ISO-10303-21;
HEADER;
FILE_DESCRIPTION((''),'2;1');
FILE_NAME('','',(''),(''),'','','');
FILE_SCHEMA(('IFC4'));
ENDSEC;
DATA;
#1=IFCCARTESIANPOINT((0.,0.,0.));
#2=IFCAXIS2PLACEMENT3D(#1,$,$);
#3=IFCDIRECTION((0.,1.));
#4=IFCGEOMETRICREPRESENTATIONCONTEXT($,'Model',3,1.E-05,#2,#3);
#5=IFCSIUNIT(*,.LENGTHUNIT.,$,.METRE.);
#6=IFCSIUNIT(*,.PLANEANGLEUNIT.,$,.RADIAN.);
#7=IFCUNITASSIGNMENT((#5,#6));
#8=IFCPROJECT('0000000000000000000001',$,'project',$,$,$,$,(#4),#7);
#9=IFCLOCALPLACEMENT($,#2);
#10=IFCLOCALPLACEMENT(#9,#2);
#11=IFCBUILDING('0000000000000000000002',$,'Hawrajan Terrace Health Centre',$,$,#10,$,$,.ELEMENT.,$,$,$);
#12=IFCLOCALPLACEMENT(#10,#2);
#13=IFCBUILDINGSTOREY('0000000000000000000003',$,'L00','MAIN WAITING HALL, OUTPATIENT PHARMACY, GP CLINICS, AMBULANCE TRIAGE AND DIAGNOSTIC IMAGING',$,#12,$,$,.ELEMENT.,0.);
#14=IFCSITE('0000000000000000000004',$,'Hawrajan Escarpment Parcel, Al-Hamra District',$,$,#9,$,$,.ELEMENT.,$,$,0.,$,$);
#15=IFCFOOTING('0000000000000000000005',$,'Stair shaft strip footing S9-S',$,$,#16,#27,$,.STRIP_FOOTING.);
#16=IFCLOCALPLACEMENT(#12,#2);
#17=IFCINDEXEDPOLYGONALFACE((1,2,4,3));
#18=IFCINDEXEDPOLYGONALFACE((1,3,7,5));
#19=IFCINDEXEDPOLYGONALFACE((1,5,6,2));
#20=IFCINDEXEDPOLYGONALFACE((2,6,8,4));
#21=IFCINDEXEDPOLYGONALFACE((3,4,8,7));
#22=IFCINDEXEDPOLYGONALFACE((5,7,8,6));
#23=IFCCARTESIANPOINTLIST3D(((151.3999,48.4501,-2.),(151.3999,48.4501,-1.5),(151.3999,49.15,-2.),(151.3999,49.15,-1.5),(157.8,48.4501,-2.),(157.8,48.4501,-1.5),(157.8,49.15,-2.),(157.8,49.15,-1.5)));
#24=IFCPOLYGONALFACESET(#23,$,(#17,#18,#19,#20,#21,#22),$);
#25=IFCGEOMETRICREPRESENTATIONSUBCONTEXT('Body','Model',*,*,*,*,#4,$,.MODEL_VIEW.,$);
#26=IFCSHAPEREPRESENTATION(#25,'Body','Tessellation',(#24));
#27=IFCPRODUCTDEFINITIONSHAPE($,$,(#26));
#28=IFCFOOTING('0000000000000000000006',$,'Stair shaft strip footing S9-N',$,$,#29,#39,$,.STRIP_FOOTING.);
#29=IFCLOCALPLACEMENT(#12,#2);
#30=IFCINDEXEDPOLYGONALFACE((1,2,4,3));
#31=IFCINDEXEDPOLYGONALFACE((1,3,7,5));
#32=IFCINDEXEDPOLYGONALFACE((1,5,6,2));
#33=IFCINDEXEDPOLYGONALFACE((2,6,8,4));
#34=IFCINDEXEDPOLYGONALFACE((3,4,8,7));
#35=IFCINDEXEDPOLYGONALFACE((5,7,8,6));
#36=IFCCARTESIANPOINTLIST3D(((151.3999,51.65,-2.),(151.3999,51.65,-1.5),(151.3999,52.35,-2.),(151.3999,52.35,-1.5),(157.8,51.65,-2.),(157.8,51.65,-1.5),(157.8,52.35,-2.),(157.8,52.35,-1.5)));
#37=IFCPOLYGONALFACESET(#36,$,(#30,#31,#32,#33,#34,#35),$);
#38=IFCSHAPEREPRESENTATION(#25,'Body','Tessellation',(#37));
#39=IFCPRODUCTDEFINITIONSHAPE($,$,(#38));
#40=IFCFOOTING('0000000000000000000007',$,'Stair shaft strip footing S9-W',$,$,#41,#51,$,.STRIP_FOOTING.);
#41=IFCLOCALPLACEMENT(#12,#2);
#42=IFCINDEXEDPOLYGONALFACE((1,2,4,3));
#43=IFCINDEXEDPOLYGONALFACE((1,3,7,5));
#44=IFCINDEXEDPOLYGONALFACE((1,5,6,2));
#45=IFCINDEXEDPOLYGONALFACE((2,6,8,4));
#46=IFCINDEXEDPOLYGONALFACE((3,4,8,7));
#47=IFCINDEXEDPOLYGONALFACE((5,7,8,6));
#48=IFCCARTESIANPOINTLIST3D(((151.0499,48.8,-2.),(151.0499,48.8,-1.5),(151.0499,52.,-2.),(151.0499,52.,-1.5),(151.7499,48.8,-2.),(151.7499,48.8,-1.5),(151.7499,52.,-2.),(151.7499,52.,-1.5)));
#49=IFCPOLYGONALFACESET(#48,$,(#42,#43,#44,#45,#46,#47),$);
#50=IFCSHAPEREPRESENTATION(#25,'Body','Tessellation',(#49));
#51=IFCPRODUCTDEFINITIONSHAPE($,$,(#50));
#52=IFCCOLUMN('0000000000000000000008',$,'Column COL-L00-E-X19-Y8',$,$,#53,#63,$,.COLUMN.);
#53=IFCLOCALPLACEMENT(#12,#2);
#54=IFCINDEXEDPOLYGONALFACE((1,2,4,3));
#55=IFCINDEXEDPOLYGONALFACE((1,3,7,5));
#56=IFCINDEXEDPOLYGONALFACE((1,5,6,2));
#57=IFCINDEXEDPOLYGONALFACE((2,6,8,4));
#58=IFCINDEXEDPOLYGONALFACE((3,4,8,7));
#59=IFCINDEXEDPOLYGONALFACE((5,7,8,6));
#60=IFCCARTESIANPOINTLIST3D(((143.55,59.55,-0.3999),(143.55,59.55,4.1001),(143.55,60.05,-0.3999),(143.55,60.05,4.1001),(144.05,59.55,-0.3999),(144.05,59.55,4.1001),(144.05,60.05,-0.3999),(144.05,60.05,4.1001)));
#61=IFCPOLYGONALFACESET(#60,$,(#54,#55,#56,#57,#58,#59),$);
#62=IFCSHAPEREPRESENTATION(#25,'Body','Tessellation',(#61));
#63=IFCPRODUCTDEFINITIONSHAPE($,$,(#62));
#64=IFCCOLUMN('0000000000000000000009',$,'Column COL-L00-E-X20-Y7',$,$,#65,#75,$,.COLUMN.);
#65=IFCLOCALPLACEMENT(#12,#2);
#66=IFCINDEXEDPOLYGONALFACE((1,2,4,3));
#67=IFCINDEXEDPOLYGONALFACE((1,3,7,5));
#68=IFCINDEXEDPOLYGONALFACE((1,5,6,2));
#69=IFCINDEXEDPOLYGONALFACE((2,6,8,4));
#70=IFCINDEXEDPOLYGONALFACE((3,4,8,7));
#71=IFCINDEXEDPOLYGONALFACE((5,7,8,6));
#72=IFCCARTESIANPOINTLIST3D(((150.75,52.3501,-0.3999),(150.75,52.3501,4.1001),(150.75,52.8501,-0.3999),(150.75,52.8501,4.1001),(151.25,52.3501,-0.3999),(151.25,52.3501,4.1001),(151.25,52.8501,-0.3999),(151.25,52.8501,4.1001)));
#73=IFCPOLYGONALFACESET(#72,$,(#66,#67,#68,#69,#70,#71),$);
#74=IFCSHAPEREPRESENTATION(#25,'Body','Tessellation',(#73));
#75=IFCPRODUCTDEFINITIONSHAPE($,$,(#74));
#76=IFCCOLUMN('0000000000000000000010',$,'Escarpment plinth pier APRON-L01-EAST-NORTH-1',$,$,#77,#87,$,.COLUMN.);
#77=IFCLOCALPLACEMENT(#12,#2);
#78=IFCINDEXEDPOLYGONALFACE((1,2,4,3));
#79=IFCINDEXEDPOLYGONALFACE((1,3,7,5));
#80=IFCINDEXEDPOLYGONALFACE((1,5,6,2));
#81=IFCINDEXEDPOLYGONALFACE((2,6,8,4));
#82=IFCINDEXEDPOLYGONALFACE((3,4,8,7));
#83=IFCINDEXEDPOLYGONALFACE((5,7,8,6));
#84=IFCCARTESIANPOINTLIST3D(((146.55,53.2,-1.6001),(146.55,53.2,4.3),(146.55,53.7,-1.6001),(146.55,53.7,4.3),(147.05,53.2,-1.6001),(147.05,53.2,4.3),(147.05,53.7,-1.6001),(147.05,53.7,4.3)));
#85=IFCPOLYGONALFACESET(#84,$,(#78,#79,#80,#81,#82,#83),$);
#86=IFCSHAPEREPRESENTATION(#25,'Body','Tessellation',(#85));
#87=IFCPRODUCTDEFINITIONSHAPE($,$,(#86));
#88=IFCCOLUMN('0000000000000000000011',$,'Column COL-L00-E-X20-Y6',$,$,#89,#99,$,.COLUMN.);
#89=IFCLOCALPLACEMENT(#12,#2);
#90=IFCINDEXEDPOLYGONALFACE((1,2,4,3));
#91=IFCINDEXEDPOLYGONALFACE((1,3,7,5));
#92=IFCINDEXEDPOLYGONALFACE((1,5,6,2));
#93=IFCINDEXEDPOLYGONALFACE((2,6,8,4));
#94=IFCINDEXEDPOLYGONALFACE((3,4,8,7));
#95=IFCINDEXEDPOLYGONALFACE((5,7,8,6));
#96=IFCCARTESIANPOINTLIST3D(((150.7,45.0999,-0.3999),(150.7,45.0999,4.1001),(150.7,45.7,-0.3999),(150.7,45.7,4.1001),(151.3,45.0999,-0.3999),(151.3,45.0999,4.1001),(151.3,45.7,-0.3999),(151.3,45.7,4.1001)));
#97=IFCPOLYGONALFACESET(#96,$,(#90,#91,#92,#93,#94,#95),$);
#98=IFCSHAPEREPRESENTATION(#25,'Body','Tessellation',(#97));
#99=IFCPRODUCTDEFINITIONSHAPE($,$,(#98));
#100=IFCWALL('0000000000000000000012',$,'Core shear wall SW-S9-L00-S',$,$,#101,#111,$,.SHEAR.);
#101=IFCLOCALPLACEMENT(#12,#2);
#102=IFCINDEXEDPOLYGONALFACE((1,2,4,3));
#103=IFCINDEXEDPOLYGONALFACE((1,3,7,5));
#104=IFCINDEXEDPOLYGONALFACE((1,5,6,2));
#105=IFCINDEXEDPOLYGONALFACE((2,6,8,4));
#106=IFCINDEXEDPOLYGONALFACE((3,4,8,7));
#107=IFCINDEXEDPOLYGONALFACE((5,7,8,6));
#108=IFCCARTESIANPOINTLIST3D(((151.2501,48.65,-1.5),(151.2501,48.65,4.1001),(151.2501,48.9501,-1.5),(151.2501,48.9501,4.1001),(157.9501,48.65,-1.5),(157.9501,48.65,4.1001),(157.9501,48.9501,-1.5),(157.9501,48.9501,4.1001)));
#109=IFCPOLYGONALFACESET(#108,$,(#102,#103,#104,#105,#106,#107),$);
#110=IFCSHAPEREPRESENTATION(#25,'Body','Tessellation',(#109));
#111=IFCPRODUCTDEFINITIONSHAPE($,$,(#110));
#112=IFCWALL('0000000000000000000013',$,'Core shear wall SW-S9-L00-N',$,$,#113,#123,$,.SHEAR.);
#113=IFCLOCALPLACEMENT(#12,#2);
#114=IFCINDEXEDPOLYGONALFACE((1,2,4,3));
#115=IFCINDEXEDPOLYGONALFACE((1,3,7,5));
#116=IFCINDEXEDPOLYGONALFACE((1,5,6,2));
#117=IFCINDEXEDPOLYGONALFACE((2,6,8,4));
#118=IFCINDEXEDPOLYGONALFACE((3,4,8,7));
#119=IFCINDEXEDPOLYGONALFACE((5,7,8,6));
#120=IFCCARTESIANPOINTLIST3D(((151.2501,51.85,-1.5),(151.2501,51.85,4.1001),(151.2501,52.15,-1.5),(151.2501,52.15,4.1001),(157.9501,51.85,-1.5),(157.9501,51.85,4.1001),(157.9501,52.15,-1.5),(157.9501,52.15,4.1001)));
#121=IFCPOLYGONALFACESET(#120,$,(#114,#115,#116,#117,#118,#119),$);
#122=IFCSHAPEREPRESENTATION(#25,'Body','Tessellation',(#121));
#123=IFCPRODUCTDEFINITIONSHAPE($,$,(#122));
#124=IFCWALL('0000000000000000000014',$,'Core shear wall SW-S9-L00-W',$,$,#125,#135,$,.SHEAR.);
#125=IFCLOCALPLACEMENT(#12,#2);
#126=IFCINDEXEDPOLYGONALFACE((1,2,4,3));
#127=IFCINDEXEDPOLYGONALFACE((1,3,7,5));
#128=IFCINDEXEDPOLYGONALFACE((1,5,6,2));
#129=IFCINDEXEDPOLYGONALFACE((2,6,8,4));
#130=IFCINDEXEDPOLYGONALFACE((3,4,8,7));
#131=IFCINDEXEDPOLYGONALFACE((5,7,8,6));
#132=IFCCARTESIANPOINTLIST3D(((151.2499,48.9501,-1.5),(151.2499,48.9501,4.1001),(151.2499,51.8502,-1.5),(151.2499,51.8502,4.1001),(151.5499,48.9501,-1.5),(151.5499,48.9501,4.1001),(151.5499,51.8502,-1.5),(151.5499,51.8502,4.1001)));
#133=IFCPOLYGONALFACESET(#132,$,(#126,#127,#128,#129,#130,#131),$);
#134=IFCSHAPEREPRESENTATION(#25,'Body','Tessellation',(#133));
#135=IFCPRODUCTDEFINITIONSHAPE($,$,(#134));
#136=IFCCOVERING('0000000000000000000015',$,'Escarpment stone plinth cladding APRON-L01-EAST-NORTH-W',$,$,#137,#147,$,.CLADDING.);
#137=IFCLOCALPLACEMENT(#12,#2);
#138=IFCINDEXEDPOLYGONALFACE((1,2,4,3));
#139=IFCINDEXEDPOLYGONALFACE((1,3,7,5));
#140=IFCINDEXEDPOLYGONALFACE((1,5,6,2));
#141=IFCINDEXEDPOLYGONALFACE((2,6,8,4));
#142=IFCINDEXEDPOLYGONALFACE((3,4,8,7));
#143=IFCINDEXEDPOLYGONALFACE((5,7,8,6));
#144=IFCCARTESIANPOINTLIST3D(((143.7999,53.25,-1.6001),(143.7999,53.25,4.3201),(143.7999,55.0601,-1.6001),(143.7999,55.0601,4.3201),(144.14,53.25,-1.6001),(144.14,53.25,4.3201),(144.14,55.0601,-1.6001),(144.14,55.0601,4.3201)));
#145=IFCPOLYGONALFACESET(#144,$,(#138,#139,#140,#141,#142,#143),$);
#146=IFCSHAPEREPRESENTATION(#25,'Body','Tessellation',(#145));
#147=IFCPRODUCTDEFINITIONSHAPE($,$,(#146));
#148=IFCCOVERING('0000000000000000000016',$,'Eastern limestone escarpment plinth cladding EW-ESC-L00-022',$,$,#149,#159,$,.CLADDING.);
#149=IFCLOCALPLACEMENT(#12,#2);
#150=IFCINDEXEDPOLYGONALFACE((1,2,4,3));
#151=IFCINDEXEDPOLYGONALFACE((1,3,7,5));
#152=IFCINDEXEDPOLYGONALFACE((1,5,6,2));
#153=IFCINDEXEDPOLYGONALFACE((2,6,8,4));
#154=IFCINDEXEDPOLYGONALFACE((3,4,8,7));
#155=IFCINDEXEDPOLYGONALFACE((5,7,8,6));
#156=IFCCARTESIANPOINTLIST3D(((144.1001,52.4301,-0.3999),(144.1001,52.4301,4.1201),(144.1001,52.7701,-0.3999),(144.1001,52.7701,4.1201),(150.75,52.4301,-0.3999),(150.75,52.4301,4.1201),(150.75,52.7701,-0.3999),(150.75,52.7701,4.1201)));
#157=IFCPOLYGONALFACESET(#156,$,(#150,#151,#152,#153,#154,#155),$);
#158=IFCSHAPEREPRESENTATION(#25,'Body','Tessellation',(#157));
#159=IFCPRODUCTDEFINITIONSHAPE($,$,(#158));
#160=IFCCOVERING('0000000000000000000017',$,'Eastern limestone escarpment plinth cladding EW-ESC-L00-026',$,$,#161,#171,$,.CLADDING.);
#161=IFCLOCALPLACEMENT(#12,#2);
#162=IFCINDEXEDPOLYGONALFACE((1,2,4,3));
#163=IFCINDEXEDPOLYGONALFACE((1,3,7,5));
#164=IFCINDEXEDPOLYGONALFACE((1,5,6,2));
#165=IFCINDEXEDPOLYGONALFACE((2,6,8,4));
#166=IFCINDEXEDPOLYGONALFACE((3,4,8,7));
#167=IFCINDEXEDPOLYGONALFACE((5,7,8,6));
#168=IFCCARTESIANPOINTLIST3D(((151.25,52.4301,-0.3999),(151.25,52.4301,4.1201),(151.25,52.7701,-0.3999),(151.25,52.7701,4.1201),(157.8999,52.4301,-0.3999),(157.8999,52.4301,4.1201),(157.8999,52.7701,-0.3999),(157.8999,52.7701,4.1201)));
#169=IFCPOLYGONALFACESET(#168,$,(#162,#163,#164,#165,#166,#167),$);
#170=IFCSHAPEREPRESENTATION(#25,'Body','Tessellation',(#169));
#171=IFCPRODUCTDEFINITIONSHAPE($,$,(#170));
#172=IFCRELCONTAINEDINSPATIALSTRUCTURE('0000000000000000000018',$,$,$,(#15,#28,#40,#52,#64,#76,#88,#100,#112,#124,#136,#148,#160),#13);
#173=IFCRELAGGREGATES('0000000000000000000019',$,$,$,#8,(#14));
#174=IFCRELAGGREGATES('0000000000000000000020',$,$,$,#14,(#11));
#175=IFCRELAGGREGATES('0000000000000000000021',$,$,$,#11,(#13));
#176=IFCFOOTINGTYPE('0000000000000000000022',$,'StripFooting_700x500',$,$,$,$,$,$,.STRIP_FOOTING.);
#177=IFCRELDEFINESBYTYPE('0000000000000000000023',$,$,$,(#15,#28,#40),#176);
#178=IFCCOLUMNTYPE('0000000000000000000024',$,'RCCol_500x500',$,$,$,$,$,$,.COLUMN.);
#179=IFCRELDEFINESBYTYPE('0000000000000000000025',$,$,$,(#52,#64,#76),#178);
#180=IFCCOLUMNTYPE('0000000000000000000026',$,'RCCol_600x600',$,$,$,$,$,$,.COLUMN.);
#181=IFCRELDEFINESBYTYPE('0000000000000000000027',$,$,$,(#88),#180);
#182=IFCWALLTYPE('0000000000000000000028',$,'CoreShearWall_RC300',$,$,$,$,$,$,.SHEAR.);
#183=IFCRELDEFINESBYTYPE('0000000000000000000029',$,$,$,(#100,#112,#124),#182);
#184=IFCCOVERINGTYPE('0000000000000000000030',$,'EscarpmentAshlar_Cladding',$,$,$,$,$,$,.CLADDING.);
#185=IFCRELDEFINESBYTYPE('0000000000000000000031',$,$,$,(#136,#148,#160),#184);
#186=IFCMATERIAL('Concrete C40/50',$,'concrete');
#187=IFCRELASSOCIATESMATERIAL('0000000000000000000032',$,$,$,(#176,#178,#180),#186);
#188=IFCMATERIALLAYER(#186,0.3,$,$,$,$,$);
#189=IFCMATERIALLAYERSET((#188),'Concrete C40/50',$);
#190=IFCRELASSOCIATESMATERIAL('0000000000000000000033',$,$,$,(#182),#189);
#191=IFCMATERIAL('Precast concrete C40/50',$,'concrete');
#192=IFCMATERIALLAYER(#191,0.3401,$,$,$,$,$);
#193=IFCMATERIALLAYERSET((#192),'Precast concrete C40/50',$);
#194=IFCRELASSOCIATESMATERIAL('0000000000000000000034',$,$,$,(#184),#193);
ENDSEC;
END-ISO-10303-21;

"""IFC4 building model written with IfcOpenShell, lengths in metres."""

from ifc_helpers import new_model, si_unit, direction, frame, frame_2d, origin, origin_2d, place, context, subcontext, project, spatial, rectangle, extrude, material, layer, layer_set, material_profile, profile_set, type_object, element, save


model = new_model("IFC4")

# Units and contexts
model_context = context("Model", 3, precision=1e-05, world=origin(), true_north=direction((0.0, 1.0)))
body_context = subcontext(model_context, "Body", "Model", "MODEL_VIEW")
ifc_project = project(units=[si_unit("LENGTHUNIT", "METRE"), si_unit("PLANEANGLEUNIT", "RADIAN")], contexts=[model_context])

# Site, building, storey
site_placement = place(None, origin())
site = spatial("IfcSite", under=ifc_project, at=site_placement, Name="Hawrajan Escarpment Parcel, Al-Hamra District", CompositionType="ELEMENT", RefElevation=0.0)
building_placement = place(site_placement, origin())
building = spatial("IfcBuilding", under=site, at=building_placement, Name="Hawrajan Terrace Health Centre", CompositionType="ELEMENT")
storey_placement = place(building_placement, origin())
storey = spatial("IfcBuildingStorey", under=building, at=storey_placement, Name="L00", Description="MAIN WAITING HALL, OUTPATIENT PHARMACY, GP CLINICS, AMBULANCE TRIAGE AND DIAGNOSTIC IMAGING", CompositionType="ELEMENT", Elevation=0.0)

# Shared definitions
ifc_material_1 = material(Name="Concrete C40/50", Category="concrete")

# Footings
ifc_material_profile_1 = material_profile(ifc_material_1, rectangle(XDim=0.7, YDim=0.5, at=origin_2d()), Name="RC STRIP 700x500")
ifc_profile_set_1 = profile_set([ifc_material_profile_1], Name="Concrete C40/50")
footing_type_1 = type_object("IfcFootingType", Name="StripFooting_700x500", PredefinedType="STRIP_FOOTING", material=ifc_profile_set_1)
for number, where, z_axis, x_axis, name in (
    (1, (151.3999, 48.8, -1.75), (1.0, 0.0, 0.0), (0.0, 1.0, 0.0), "Stair shaft strip footing S9-S"),
    (2, (151.3999, 52.0, -1.75), (1.0, 0.0, 0.0), (0.0, 1.0, 0.0), "Stair shaft strip footing S9-N"),
):
    element("IfcFooting", number, at=place(storey_placement, frame(where, z_axis=z_axis, x_axis=x_axis)), inside=storey, type_object=footing_type_1, Name=name, PredefinedType="STRIP_FOOTING", context=body_context, shape_type="SweptSolid", body=[
        extrude(rectangle(XDim=0.7, YDim=0.5, at=origin_2d()), origin(), (0.0, 0.0, 1.0), 6.4001),
    ])
footing_1_placement = place(storey_placement, frame((151.3999, 48.8, -1.75), z_axis=(0.0, 1.0, 0.0), x_axis=(-1.0, 0.0, 0.0)))
element("IfcFooting", 3, at=footing_1_placement, inside=storey, type_object=footing_type_1, Name="Stair shaft strip footing S9-W", PredefinedType="STRIP_FOOTING", context=body_context, shape_type="SweptSolid", body=[
    extrude(rectangle(XDim=0.7, YDim=0.5, at=origin_2d()), origin(), (0.0, 0.0, 1.0), 3.2),
])

# Columns
ifc_material_profile_2 = material_profile(ifc_material_1, rectangle(XDim=0.5, YDim=0.5, at=origin_2d()), Name="RC 500x500")
ifc_profile_set_2 = profile_set([ifc_material_profile_2], Name="Concrete C40/50")
column_type_1 = type_object("IfcColumnType", Name="RCCol_500x500", PredefinedType="COLUMN", material=ifc_profile_set_2)
for number, where, z_axis, x_axis, name in (
    (4, (143.8, 59.8, -0.3999), (0.0, 0.0, 1.0), (1.0, 0.0, 0.0), "Column COL-L00-E-X19-Y8"),
    (5, (151.0, 52.6001, -0.3999), (0.0, 0.0, 1.0), (1.0, 0.0, 0.0), "Column COL-L00-E-X20-Y7"),
):
    element("IfcColumn", number, at=place(storey_placement, frame(where, z_axis=z_axis, x_axis=x_axis)), inside=storey, type_object=column_type_1, Name=name, PredefinedType="COLUMN", context=body_context, shape_type="SweptSolid", body=[
        extrude(rectangle(XDim=0.5, YDim=0.5, at=origin_2d()), origin(), (0.0, 0.0, 1.0), 4.5),
    ])
column_1_placement = place(storey_placement, frame((146.8, 53.45, -1.6001), z_axis=(0.0, 0.0, 1.0), x_axis=(1.0, 0.0, 0.0)))
element("IfcColumn", 6, at=column_1_placement, inside=storey, type_object=column_type_1, Name="Escarpment plinth pier APRON-L01-EAST-NORTH-1", PredefinedType="COLUMN", context=body_context, shape_type="SweptSolid", body=[
    extrude(rectangle(XDim=0.5, YDim=0.5, at=origin_2d()), origin(), (0.0, 0.0, 1.0), 5.9001),
])
ifc_material_profile_3 = material_profile(ifc_material_1, rectangle(XDim=0.6001, YDim=0.6001, at=origin_2d()), Name="RC 600x600")
ifc_profile_set_3 = profile_set([ifc_material_profile_3], Name="Concrete C40/50")
column_type_2 = type_object("IfcColumnType", Name="RCCol_600x600", PredefinedType="COLUMN", material=ifc_profile_set_3)
column_2_placement = place(storey_placement, frame((151.0, 45.3999, -0.3999), z_axis=(0.0, 0.0, 1.0), x_axis=(1.0, 0.0, 0.0)))
element("IfcColumn", 7, at=column_2_placement, inside=storey, type_object=column_type_2, Name="Column COL-L00-E-X20-Y6", PredefinedType="COLUMN", context=body_context, shape_type="SweptSolid", body=[
    extrude(rectangle(XDim=0.6001, YDim=0.6001, at=origin_2d()), origin(), (0.0, 0.0, 1.0), 4.5),
])

# Walls
ifc_layer_1 = layer(ifc_material_1, 0.3)
ifc_layer_set_1 = layer_set([ifc_layer_1], Name="Concrete C40/50")
wall_type = type_object("IfcWallType", Name="CoreShearWall_RC300", PredefinedType="SHEAR", material=ifc_layer_set_1)
for number, where, z_axis, x_axis, name in (
    (8, (151.25, 48.8, -1.5), (0.0, 0.0, 1.0), (1.0, 0.0, 0.0), "Core shear wall SW-S9-L00-S"),
    (9, (151.25, 52.0, -1.5), (0.0, 0.0, 1.0), (1.0, 0.0, 0.0), "Core shear wall SW-S9-L00-N"),
):
    element("IfcWall", number, at=place(storey_placement, frame(where, z_axis=z_axis, x_axis=x_axis)), inside=storey, type_object=wall_type, Name=name, PredefinedType="SHEAR", context=body_context, shape_type="SweptSolid", body=[
        extrude(rectangle(XDim=6.7, YDim=0.3, at=frame_2d((3.3501, 0.0))), origin(), (0.0, 0.0, 1.0), 5.6001),
    ])
wall_placement = place(storey_placement, frame((151.3999, 48.95, -1.5), z_axis=(0.0, 0.0, 1.0), x_axis=(0.0, 1.0, 0.0)))
element("IfcWall", 10, at=wall_placement, inside=storey, type_object=wall_type, Name="Core shear wall SW-S9-L00-W", PredefinedType="SHEAR", context=body_context, shape_type="SweptSolid", body=[
    extrude(rectangle(XDim=2.9001, YDim=0.3, at=frame_2d((1.4502, 0.0))), origin(), (0.0, 0.0, 1.0), 5.6001),
])

# Coverings
ifc_material_2 = material(Name="Precast concrete C40/50", Category="concrete")
ifc_layer_2 = layer(ifc_material_2, 0.3401)
ifc_layer_set_2 = layer_set([ifc_layer_2], Name="Precast concrete C40/50")
covering_type = type_object("IfcCoveringType", Name="EscarpmentAshlar_Cladding", PredefinedType="CLADDING", material=ifc_layer_set_2)
covering_placement = place(storey_placement, frame((143.97, 53.25, -1.6001), z_axis=(0.0, 0.0, 1.0), x_axis=(0.0, 1.0, 0.0)))
element("IfcCovering", 11, at=covering_placement, inside=storey, type_object=covering_type, Name="Escarpment stone plinth cladding APRON-L01-EAST-NORTH-W", PredefinedType="CLADDING", context=body_context, shape_type="SweptSolid", body=[
    extrude(rectangle(XDim=1.8101, YDim=0.3401, at=frame_2d((0.905, 0.0))), origin(), (0.0, 0.0, 1.0), 5.9202),
])
for number, where, z_axis, x_axis, name in (
    (12, (144.1001, 52.6001, -0.3999), (0.0, 0.0, 1.0), (1.0, 0.0, 0.0), "Eastern limestone escarpment plinth cladding EW-ESC-L00-022"),
    (13, (151.25, 52.6001, -0.3999), (0.0, 0.0, 1.0), (1.0, 0.0, 0.0), "Eastern limestone escarpment plinth cladding EW-ESC-L00-026"),
):
    element("IfcCovering", number, at=place(storey_placement, frame(where, z_axis=z_axis, x_axis=x_axis)), inside=storey, type_object=covering_type, Name=name, PredefinedType="CLADDING", context=body_context, shape_type="SweptSolid", body=[
        extrude(rectangle(XDim=6.6499, YDim=0.3401, at=frame_2d((3.325, 0.0))), origin(), (0.0, 0.0, 1.0), 4.52),
    ])

save(model, "model.ifc")
